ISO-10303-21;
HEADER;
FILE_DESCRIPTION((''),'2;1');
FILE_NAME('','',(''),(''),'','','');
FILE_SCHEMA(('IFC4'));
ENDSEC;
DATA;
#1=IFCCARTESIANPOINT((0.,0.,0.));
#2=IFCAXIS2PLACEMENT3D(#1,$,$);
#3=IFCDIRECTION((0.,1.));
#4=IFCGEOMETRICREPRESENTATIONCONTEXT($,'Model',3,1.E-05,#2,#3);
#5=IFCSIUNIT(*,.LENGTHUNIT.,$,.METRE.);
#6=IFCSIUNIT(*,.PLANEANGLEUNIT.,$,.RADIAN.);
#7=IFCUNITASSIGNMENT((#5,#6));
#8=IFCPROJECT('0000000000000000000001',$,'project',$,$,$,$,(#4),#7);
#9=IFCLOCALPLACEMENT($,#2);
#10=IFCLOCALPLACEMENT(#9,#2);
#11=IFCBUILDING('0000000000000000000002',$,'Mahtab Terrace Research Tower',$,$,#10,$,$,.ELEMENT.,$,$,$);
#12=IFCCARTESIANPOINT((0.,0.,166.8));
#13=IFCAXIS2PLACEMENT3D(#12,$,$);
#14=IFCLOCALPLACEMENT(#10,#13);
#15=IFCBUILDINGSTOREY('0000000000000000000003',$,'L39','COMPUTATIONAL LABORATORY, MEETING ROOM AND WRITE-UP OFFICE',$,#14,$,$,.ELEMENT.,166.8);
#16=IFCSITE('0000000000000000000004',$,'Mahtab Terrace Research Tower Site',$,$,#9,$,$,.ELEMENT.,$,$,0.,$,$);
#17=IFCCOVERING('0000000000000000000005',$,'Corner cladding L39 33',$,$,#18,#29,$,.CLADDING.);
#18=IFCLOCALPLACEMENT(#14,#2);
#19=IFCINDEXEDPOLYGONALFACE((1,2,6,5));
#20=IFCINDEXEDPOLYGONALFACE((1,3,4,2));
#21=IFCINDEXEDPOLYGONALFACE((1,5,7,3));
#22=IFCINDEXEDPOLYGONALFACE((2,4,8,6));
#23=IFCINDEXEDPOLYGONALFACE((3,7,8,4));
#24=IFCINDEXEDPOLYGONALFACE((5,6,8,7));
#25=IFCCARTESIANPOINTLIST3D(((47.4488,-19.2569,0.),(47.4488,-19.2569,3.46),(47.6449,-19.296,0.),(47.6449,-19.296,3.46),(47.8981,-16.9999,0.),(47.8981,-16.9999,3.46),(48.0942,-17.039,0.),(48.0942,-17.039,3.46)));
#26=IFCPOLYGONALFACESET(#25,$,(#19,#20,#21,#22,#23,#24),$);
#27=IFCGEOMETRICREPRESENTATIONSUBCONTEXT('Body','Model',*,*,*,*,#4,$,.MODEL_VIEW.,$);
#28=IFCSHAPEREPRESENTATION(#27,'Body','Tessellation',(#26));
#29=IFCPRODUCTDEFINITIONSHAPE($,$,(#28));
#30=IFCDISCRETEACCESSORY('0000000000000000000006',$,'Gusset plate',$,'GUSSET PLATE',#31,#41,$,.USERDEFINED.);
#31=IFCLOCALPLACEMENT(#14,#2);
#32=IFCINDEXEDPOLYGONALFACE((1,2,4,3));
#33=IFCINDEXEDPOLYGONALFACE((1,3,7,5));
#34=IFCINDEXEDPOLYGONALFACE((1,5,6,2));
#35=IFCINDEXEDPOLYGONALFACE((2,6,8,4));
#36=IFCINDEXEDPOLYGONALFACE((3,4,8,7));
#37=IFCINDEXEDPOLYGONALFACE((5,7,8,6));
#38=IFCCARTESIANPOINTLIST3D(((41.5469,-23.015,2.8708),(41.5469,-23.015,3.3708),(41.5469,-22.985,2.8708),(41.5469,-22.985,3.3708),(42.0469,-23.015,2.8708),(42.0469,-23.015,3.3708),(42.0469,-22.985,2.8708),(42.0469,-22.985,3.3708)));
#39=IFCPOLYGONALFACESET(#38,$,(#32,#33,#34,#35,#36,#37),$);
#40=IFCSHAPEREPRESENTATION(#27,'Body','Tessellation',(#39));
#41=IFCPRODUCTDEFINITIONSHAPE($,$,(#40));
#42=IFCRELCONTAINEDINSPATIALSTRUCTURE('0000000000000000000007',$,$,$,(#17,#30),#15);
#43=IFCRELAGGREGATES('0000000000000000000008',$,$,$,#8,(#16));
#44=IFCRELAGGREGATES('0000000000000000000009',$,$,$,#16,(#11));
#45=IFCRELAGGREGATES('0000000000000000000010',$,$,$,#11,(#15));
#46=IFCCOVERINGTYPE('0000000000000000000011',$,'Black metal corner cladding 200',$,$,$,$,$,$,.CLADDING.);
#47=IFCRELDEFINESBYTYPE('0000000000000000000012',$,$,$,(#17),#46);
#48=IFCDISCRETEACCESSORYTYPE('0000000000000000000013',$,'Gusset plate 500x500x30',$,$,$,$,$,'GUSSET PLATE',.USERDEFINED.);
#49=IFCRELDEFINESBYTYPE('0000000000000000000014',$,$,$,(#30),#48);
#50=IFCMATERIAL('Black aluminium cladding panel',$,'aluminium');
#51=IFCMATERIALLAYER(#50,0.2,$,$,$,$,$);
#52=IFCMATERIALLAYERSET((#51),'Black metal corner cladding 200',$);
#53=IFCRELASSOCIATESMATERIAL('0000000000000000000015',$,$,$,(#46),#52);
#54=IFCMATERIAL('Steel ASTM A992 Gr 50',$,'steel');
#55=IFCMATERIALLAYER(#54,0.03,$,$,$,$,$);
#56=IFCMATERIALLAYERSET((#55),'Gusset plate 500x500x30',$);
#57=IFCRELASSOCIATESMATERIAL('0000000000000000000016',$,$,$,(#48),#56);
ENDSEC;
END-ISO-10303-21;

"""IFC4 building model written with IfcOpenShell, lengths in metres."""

from ifc_helpers import new_model, si_unit, direction, frame, origin, origin_2d, place, context, subcontext, project, spatial, rectangle, extrude, material, layer, layer_set, type_object, element, save


model = new_model("IFC4")

# Units and contexts
model_context = context("Model", 3, precision=1e-05, world=origin(), true_north=direction((0.0, 1.0)))
body_context = subcontext(model_context, "Body", "Model", "MODEL_VIEW")
ifc_project = project(units=[si_unit("LENGTHUNIT", "METRE"), si_unit("PLANEANGLEUNIT", "RADIAN")], contexts=[model_context])

# Site, building, storey
site_placement = place(None, origin())
site = spatial("IfcSite", under=ifc_project, at=site_placement, Name="Mahtab Terrace Research Tower Site", CompositionType="ELEMENT", RefElevation=0.0)
building_placement = place(site_placement, origin())
building = spatial("IfcBuilding", under=site, at=building_placement, Name="Mahtab Terrace Research Tower", CompositionType="ELEMENT")
storey_placement = place(building_placement, frame((0.0, 0.0, 166.8)))
storey = spatial("IfcBuildingStorey", under=building, at=storey_placement, Name="L39", Description="COMPUTATIONAL LABORATORY, MEETING ROOM AND WRITE-UP OFFICE", CompositionType="ELEMENT", Elevation=166.8)

# Shared definitions
ifc_material_1 = material(Name="Steel ASTM A992 Gr 50", Category="steel")

# Covering
ifc_material_2 = material(Name="Black aluminium cladding panel", Category="aluminium")
ifc_layer_1 = layer(ifc_material_2, 0.2)
ifc_layer_set_1 = layer_set([ifc_layer_1], Name="Black metal corner cladding 200")
covering_type = type_object("IfcCoveringType", Name="Black metal corner cladding 200", PredefinedType="CLADDING", material=ifc_layer_set_1)
for number, where, z_axis, x_axis, name in (
    (1, (47.7715, -18.1479, 0.0), (0.0, 0.0, 1.0), (0.195212, 0.980761, 0.0), "Corner cladding L39 33"),
):
    element("IfcCovering", number, at=place(storey_placement, frame(where, z_axis=z_axis, x_axis=x_axis)), inside=storey, type_object=covering_type, Name=name, PredefinedType="CLADDING", context=body_context, shape_type="SweptSolid", body=[
        extrude(rectangle(XDim=2.3013, YDim=0.2, at=origin_2d()), origin(), (0.0, 0.0, 1.0), 3.46),
    ])

# Discrete accessory
ifc_layer_2 = layer(ifc_material_1, 0.03)
ifc_layer_set_2 = layer_set([ifc_layer_2], Name="Gusset plate 500x500x30")
discrete_accessory_type = type_object("IfcDiscreteAccessoryType", Name="Gusset plate 500x500x30", ElementType="GUSSET PLATE", PredefinedType="USERDEFINED", material=ifc_layer_set_2)
discrete_accessory_placement = place(storey_placement, frame((41.7969, -23.0, 2.8708), z_axis=(0.0, 0.0, 1.0), x_axis=(1.0, 0.0, 0.0)))
element("IfcDiscreteAccessory", 2, at=discrete_accessory_placement, inside=storey, type_object=discrete_accessory_type, Name="Gusset plate", ObjectType="GUSSET PLATE", PredefinedType="USERDEFINED", context=body_context, shape_type="SweptSolid", body=[
    extrude(rectangle(XDim=0.5, YDim=0.03, at=origin_2d()), origin(), (0.0, 0.0, 1.0), 0.5),
])

save(model, "model.ifc")
